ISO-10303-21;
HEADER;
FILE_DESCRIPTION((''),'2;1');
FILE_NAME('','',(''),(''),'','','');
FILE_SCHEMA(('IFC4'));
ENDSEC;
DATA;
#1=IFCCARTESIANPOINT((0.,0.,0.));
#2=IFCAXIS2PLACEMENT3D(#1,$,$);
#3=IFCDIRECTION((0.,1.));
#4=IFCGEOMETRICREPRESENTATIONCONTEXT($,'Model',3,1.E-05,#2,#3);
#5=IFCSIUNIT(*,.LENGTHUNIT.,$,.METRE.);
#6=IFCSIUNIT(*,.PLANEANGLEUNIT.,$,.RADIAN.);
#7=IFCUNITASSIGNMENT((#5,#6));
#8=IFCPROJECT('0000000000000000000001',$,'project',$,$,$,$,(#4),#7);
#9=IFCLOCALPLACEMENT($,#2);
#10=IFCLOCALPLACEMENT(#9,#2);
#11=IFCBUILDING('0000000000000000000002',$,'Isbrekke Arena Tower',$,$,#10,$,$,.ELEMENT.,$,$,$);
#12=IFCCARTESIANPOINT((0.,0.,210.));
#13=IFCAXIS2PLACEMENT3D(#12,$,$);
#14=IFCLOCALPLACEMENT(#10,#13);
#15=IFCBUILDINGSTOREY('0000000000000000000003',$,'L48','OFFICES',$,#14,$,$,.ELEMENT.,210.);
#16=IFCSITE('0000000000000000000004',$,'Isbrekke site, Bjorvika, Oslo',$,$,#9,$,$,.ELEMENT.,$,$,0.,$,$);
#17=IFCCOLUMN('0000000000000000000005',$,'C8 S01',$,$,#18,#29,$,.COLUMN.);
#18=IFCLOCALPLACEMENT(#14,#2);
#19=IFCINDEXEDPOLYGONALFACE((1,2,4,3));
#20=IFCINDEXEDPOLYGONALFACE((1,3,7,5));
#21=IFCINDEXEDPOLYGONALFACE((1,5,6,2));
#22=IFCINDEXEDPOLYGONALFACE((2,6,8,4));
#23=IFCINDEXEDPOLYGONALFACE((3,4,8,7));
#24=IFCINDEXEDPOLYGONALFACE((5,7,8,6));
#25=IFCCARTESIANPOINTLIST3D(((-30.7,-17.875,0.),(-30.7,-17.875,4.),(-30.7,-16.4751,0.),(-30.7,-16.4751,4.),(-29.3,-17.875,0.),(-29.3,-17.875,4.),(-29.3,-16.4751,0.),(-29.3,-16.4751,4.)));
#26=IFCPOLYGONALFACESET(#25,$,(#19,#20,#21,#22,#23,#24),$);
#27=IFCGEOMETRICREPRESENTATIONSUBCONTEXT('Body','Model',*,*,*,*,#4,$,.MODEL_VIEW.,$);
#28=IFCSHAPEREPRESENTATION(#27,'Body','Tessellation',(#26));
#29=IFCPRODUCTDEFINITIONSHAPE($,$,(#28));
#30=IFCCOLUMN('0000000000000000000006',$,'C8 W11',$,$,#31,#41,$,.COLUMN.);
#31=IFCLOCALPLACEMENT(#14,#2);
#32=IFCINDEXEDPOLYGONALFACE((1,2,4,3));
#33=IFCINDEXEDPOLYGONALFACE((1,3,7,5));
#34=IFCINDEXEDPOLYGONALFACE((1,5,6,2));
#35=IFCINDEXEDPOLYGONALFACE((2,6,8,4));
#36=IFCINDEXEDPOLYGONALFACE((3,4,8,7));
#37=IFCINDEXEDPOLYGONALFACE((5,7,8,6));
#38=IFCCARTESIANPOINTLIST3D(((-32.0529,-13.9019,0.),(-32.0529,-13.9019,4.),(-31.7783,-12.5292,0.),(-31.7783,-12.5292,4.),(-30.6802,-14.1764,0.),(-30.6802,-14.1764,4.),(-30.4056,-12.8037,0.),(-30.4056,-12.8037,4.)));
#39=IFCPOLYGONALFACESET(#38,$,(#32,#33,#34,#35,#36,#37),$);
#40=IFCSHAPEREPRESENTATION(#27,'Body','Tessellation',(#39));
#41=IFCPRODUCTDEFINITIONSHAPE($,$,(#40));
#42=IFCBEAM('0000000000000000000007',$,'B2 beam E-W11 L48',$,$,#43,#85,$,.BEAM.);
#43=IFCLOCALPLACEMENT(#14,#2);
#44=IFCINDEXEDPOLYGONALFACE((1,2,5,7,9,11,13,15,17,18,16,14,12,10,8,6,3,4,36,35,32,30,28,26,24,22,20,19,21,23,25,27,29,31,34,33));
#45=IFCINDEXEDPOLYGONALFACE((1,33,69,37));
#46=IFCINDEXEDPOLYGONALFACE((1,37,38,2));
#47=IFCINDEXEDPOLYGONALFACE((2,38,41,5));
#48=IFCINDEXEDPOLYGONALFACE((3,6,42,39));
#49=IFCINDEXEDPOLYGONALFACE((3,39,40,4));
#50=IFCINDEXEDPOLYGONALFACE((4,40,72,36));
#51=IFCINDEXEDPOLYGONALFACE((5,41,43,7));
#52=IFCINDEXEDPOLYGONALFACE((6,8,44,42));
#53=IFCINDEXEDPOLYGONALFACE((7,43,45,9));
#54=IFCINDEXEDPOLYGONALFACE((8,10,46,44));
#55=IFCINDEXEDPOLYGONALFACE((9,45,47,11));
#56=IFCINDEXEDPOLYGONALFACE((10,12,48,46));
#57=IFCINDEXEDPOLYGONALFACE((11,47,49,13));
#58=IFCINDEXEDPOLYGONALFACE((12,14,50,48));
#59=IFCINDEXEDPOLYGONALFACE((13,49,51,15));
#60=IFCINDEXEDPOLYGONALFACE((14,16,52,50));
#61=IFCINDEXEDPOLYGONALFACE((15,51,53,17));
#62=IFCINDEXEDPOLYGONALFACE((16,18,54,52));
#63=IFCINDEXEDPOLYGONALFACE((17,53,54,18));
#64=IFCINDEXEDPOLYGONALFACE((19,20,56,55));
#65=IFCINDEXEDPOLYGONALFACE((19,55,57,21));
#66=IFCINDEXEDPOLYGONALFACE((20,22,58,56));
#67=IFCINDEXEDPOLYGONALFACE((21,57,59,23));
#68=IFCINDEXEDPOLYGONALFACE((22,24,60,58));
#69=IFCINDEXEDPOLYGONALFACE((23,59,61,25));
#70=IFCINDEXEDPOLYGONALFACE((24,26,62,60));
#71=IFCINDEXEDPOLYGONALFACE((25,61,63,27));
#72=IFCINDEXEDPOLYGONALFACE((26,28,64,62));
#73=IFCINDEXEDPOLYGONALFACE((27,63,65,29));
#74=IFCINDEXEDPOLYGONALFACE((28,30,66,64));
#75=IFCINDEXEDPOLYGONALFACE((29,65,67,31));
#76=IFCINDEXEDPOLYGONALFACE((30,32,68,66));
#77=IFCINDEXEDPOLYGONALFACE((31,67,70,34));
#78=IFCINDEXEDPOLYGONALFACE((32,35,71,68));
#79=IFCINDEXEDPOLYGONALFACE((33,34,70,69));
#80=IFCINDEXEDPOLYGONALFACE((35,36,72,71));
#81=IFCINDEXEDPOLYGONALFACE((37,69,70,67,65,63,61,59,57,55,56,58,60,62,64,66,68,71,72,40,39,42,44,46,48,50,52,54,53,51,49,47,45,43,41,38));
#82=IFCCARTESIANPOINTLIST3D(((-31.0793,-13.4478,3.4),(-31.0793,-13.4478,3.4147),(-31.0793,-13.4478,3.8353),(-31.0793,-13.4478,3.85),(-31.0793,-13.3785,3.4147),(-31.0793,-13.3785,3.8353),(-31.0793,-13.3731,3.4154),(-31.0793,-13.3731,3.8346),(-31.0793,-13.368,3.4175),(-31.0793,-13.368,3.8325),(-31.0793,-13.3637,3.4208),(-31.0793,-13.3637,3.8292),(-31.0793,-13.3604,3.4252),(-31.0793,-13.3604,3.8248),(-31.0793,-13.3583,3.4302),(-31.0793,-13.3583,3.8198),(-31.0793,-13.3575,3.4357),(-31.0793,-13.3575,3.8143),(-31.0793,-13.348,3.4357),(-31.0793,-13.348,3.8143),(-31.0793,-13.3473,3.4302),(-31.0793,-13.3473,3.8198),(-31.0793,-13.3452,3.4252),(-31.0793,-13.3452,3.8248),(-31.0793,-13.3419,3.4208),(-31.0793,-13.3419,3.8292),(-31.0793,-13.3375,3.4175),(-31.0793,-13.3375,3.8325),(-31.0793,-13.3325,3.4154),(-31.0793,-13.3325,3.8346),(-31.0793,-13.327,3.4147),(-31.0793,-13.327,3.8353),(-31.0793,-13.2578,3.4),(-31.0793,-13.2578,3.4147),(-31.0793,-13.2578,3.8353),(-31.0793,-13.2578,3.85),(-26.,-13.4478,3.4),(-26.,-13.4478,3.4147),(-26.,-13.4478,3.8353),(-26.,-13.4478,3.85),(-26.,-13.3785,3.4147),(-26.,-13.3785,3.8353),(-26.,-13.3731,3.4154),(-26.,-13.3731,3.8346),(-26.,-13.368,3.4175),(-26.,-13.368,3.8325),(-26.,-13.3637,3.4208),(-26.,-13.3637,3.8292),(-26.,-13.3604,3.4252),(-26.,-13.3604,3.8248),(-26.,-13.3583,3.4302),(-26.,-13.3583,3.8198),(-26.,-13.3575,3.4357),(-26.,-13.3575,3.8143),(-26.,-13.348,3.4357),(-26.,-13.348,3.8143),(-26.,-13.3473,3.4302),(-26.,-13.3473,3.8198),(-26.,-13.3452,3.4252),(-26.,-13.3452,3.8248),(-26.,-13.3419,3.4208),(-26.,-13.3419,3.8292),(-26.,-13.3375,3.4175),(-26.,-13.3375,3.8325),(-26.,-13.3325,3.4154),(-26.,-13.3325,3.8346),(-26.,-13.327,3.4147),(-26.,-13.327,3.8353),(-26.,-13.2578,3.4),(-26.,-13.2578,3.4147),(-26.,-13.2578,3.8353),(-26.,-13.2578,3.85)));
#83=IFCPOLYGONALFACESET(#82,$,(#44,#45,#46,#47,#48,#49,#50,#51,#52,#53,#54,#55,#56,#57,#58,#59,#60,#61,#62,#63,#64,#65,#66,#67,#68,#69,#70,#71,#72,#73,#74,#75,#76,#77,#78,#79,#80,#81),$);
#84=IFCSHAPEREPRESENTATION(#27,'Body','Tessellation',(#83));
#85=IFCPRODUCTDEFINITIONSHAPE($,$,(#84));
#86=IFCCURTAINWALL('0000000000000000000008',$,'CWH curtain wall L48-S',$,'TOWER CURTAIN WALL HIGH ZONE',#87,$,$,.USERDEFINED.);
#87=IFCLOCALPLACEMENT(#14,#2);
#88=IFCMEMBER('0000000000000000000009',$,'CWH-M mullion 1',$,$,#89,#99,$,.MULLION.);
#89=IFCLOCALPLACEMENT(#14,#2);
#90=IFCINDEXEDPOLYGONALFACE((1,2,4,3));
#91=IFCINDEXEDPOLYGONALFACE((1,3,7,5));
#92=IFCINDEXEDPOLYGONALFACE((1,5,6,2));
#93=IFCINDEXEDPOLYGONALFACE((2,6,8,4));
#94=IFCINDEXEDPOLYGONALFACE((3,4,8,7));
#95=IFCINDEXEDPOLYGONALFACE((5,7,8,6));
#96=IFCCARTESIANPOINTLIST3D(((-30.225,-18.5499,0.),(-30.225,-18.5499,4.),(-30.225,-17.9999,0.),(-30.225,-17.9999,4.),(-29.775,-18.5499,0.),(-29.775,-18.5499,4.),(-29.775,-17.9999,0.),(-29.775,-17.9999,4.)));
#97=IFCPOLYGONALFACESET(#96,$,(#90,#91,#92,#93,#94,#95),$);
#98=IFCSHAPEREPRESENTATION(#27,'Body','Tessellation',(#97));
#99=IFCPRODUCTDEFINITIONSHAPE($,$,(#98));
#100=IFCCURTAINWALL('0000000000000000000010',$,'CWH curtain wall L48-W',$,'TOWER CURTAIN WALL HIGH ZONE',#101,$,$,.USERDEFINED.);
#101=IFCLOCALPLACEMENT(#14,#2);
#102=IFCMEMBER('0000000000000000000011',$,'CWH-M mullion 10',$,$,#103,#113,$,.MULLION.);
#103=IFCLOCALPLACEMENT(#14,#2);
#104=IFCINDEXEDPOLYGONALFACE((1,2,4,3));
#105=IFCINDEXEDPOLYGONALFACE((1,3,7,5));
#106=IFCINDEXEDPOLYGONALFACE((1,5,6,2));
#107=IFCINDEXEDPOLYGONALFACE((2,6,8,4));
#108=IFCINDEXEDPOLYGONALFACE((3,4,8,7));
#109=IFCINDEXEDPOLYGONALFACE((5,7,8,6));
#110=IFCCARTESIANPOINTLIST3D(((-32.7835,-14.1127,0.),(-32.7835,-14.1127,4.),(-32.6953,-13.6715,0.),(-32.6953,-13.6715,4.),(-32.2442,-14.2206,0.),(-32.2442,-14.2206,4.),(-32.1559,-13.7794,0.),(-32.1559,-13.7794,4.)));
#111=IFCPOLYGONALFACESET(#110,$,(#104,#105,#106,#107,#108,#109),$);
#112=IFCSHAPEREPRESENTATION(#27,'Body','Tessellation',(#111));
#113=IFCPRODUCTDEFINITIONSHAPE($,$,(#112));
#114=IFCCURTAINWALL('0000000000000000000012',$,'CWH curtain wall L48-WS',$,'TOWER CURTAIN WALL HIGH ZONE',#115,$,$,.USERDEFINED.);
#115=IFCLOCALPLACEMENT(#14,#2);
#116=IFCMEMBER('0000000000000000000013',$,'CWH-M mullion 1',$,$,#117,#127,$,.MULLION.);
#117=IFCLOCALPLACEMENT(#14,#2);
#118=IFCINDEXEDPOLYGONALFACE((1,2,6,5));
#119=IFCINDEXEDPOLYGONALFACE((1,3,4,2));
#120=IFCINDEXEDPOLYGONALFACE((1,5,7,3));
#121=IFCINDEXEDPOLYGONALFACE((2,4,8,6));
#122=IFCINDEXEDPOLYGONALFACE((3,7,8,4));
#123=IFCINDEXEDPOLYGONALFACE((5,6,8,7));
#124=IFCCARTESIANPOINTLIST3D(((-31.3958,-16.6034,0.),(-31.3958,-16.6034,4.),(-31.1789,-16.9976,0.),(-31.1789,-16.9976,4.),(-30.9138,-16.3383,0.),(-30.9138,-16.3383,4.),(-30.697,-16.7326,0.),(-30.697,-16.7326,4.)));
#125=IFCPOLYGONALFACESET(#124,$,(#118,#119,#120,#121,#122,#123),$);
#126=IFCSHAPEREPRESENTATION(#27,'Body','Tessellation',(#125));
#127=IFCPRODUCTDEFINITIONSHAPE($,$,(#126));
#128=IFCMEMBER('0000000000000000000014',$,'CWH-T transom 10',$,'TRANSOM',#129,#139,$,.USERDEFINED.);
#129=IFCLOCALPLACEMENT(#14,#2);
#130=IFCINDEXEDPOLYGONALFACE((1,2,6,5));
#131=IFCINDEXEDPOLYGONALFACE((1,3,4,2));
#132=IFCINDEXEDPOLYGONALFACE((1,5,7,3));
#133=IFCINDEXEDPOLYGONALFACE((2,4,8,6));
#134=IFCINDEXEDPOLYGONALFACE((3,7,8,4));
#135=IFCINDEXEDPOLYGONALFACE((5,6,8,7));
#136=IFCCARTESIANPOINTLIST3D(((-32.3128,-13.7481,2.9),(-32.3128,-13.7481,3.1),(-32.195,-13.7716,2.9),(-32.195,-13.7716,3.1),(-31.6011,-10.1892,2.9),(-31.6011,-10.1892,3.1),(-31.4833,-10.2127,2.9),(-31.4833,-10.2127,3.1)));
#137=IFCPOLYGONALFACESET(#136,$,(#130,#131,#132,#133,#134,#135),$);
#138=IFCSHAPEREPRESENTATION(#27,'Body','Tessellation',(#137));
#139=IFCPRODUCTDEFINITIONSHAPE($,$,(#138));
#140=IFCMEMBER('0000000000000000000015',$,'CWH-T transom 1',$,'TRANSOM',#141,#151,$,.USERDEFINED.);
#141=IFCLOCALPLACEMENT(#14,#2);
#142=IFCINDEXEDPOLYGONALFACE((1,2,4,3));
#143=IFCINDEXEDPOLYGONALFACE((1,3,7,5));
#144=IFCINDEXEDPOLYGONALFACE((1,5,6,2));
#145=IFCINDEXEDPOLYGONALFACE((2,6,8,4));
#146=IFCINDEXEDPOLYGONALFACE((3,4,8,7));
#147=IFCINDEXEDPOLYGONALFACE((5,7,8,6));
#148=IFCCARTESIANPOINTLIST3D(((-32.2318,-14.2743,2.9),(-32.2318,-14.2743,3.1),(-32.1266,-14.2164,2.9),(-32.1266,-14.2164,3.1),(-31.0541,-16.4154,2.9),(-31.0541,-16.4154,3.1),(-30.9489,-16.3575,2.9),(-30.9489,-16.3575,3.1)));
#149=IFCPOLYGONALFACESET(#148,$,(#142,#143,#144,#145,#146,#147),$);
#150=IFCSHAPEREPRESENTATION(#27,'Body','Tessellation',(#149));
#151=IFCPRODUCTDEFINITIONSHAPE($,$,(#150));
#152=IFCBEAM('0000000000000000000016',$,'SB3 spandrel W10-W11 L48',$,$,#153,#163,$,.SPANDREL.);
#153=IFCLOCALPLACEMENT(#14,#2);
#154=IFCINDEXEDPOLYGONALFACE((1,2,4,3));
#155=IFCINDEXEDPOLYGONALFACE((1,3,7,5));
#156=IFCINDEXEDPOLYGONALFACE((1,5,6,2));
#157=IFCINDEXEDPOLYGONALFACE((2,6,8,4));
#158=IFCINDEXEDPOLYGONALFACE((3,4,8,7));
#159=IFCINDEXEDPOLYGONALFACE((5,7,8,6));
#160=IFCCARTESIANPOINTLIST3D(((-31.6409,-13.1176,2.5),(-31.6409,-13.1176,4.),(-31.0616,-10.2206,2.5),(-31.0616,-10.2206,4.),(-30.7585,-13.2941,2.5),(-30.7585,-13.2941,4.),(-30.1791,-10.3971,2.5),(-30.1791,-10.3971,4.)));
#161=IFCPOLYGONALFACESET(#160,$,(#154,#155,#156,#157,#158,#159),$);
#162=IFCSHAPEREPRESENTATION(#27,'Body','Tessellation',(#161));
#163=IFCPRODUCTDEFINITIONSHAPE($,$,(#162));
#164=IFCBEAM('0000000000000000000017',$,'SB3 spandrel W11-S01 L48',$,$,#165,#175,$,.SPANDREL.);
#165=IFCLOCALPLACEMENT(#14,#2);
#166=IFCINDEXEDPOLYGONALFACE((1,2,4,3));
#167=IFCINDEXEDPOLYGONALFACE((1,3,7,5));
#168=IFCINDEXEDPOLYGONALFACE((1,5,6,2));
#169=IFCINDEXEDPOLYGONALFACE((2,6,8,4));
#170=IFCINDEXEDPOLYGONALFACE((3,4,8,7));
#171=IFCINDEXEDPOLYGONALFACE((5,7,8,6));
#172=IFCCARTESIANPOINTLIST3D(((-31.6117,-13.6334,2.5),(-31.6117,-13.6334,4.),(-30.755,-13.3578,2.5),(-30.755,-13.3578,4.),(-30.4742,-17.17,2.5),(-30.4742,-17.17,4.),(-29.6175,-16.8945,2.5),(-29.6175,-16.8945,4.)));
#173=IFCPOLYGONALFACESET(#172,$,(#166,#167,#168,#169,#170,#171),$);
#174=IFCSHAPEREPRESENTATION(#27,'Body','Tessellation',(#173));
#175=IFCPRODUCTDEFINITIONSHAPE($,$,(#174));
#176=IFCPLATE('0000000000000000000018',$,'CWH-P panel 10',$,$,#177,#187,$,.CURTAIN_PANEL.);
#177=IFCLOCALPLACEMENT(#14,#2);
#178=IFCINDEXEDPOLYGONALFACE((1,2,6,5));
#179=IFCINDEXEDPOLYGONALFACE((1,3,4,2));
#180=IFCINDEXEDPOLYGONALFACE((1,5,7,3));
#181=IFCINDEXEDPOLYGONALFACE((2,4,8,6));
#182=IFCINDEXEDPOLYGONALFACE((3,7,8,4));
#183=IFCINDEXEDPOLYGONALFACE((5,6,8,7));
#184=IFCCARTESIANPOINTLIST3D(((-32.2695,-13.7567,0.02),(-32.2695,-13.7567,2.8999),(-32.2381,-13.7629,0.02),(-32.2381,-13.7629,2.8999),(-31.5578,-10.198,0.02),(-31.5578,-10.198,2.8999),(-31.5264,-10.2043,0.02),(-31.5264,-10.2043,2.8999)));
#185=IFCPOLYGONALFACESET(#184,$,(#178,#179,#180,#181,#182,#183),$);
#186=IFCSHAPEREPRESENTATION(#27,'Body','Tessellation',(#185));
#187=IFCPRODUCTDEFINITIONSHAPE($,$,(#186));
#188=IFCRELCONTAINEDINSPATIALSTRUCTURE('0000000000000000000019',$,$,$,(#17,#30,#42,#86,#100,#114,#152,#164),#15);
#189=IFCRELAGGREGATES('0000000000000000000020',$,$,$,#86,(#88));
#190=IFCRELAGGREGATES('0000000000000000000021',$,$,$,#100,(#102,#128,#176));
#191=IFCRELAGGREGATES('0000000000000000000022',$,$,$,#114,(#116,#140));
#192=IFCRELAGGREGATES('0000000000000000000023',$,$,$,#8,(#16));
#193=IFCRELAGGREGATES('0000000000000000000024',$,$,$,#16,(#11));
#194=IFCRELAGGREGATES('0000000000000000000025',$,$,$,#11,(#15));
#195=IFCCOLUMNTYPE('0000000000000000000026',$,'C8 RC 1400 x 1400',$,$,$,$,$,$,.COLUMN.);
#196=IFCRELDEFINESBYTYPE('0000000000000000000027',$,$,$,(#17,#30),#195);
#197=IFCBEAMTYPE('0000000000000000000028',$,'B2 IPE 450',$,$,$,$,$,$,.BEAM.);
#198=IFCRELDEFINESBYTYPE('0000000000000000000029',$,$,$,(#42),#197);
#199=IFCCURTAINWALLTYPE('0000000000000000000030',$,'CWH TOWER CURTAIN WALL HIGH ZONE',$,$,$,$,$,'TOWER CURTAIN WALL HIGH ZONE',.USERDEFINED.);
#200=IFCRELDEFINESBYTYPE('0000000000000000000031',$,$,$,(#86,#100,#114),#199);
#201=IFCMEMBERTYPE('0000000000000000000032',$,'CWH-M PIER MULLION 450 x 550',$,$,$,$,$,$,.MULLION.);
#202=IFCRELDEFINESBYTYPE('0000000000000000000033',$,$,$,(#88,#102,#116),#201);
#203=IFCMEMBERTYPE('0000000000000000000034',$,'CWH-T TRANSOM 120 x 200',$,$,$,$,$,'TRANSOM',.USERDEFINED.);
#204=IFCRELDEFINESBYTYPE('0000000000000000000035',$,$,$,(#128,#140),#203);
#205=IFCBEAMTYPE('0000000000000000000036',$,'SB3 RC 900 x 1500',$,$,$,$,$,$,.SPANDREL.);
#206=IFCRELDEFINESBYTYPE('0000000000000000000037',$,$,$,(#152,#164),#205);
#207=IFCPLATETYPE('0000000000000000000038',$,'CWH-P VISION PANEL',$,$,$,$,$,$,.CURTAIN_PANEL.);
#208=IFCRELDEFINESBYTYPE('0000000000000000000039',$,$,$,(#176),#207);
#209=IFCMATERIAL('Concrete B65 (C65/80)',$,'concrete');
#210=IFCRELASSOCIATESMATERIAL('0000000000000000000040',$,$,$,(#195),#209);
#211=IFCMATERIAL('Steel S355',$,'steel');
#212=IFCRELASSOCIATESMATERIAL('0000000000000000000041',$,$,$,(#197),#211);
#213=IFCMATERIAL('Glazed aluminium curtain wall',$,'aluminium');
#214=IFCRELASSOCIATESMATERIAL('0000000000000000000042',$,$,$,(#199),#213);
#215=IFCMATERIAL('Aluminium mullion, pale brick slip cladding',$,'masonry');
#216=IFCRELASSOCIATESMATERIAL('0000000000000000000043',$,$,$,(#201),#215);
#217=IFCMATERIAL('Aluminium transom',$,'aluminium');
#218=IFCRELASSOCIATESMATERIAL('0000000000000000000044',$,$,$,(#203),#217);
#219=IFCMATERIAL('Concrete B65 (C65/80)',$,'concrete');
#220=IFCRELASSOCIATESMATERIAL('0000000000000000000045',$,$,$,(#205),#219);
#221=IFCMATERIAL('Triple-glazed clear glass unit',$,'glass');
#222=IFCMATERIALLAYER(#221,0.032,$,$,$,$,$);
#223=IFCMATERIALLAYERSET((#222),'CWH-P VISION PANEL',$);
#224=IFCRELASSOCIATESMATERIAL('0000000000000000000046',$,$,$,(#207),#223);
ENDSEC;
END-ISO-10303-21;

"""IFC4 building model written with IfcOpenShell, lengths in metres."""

from ifc_helpers import new_model, si_unit, direction, frame, origin, origin_2d, place, context, subcontext, project, spatial, rectangle, i_section, extrude, material, layer, layer_set, material_profile, profile_set, type_object, element, aggregate, save


model = new_model("IFC4")

# Units and contexts
model_context = context("Model", 3, precision=1e-05, world=origin(), true_north=direction((0.0, 1.0)))
body_context = subcontext(model_context, "Body", "Model", "MODEL_VIEW")
ifc_project = project(units=[si_unit("LENGTHUNIT", "METRE"), si_unit("PLANEANGLEUNIT", "RADIAN")], contexts=[model_context])

# Site, building, storey
site_placement = place(None, origin())
site = spatial("IfcSite", under=ifc_project, at=site_placement, Name="Isbrekke site, Bjorvika, Oslo", CompositionType="ELEMENT", RefElevation=0.0)
building_placement = place(site_placement, origin())
building = spatial("IfcBuilding", under=site, at=building_placement, Name="Isbrekke Arena Tower", CompositionType="ELEMENT")
storey_placement = place(building_placement, frame((0.0, 0.0, 210.0)))
storey = spatial("IfcBuildingStorey", under=building, at=storey_placement, Name="L48", Description="OFFICES", CompositionType="ELEMENT", Elevation=210.0)

# Columns
ifc_material_1 = material(Name="Concrete B65 (C65/80)", Category="concrete")
ifc_material_profile_1 = material_profile(ifc_material_1, rectangle(XDim=1.3999, YDim=1.3999, at=origin_2d()), Name="RC 1400x1400")
ifc_profile_set_1 = profile_set([ifc_material_profile_1], Name="Concrete B65 (C65/80)")
column_type = type_object("IfcColumnType", Name="C8 RC 1400 x 1400", PredefinedType="COLUMN", material=ifc_profile_set_1)
for number, where, z_axis, x_axis, name in (
    (1, (-30.0, -17.175, 0.0), (0.0, 0.0, 1.0), (1.0, 0.0, 0.0), "C8 S01"),
    (2, (-31.2292, -13.3528, 0.0), (0.0, 0.0, 1.0), (-0.196116, -0.980581, 0.0), "C8 W11"),
):
    element("IfcColumn", number, at=place(storey_placement, frame(where, z_axis=z_axis, x_axis=x_axis)), inside=storey, type_object=column_type, Name=name, PredefinedType="COLUMN", context=body_context, shape_type="SweptSolid", body=[
        extrude(rectangle(XDim=1.3999, YDim=1.3999, at=origin_2d()), origin(), (0.0, 0.0, 1.0), 4.0),
    ])

# Beam
ifc_material_2 = material(Name="Steel S355", Category="steel")
ifc_material_profile_2 = material_profile(ifc_material_2, i_section(OverallWidth=0.1899, OverallDepth=0.45, WebThickness=0.0095, FlangeThickness=0.0146, FilletRadius=0.021, at=origin_2d()), Name="IPE 450")
ifc_profile_set_2 = profile_set([ifc_material_profile_2], Name="Steel S355")
beam_type_1 = type_object("IfcBeamType", Name="B2 IPE 450", PredefinedType="BEAM", material=ifc_profile_set_2)
beam_1_placement = place(storey_placement, frame((-31.0793, -13.3528, 3.625), z_axis=(1.0, 0.0, 0.0), x_axis=(0.0, 1.0, 0.0)))
element("IfcBeam", 3, at=beam_1_placement, inside=storey, type_object=beam_type_1, Name="B2 beam E-W11 L48", PredefinedType="BEAM", context=body_context, shape_type="SweptSolid", body=[
    extrude(i_section(OverallWidth=0.1899, OverallDepth=0.45, WebThickness=0.0095, FlangeThickness=0.0146, FilletRadius=0.021, at=origin_2d()), origin(), (0.0, 0.0, 1.0), 5.0793),
])

# Curtain walls, members
ifc_material_3 = material(Name="Glazed aluminium curtain wall", Category="aluminium")
curtain_wall_type = type_object("IfcCurtainWallType", Name="CWH TOWER CURTAIN WALL HIGH ZONE", ElementType="TOWER CURTAIN WALL HIGH ZONE", PredefinedType="USERDEFINED", material=ifc_material_3)
curtain_wall_1_placement = place(storey_placement, origin())
curtain_wall_1 = element("IfcCurtainWall", 4, at=curtain_wall_1_placement, inside=storey, type_object=curtain_wall_type, Name="CWH curtain wall L48-S", ObjectType="TOWER CURTAIN WALL HIGH ZONE", PredefinedType="USERDEFINED")
ifc_material_4 = material(Name="Aluminium mullion, pale brick slip cladding", Category="masonry")
ifc_material_profile_3 = material_profile(ifc_material_4, rectangle(XDim=0.45, YDim=0.55, at=origin_2d()), Name="PIER 450X550")
ifc_profile_set_3 = profile_set([ifc_material_profile_3], Name="Aluminium mullion, pale brick slip cladding")
member_type_1 = type_object("IfcMemberType", Name="CWH-M PIER MULLION 450 x 550", PredefinedType="MULLION", material=ifc_profile_set_3)
member_1_placement = place(storey_placement, frame((-30.0, -18.2749, 0.0), z_axis=(0.0, 0.0, 1.0), x_axis=(1.0, 0.0, 0.0)))
member_1 = element("IfcMember", 5, at=member_1_placement, type_object=member_type_1, Name="CWH-M mullion 1", PredefinedType="MULLION", context=body_context, shape_type="SweptSolid", body=[
    extrude(rectangle(XDim=0.45, YDim=0.55, at=origin_2d()), origin(), (0.0, 0.0, 1.0), 4.0),
])
aggregate(curtain_wall_1, [member_1])
curtain_wall_2_placement = place(storey_placement, origin())
curtain_wall_2 = element("IfcCurtainWall", 6, at=curtain_wall_2_placement, inside=storey, type_object=curtain_wall_type, Name="CWH curtain wall L48-W", ObjectType="TOWER CURTAIN WALL HIGH ZONE", PredefinedType="USERDEFINED")
member_2_placement = place(storey_placement, frame((-32.4697, -13.946, 0.0), z_axis=(0.0, 0.0, 1.0), x_axis=(-0.196116, -0.980581, 0.0)))
member_2 = element("IfcMember", 7, at=member_2_placement, type_object=member_type_1, Name="CWH-M mullion 10", PredefinedType="MULLION", context=body_context, shape_type="SweptSolid", body=[
    extrude(rectangle(XDim=0.45, YDim=0.55, at=origin_2d()), origin(), (0.0, 0.0, 1.0), 4.0),
])
curtain_wall_3_placement = place(storey_placement, origin())
curtain_wall_3 = element("IfcCurtainWall", 8, at=curtain_wall_3_placement, inside=storey, type_object=curtain_wall_type, Name="CWH curtain wall L48-WS", ObjectType="TOWER CURTAIN WALL HIGH ZONE", PredefinedType="USERDEFINED")
member_3_placement = place(storey_placement, frame((-31.0464, -16.668, 0.0), z_axis=(0.0, 0.0, 1.0), x_axis=(0.481919, -0.876216, 0.0)))
member_3 = element("IfcMember", 9, at=member_3_placement, type_object=member_type_1, Name="CWH-M mullion 1", PredefinedType="MULLION", context=body_context, shape_type="SweptSolid", body=[
    extrude(rectangle(XDim=0.45, YDim=0.55, at=origin_2d()), origin(), (0.0, 0.0, 1.0), 4.0),
])

# Members
ifc_material_5 = material(Name="Aluminium transom", Category="aluminium")
ifc_material_profile_4 = material_profile(ifc_material_5, rectangle(XDim=0.1201, YDim=0.2, at=origin_2d()), Name="TRANSOM 120X200")
ifc_profile_set_4 = profile_set([ifc_material_profile_4], Name="Aluminium transom")
member_type_2 = type_object("IfcMemberType", Name="CWH-T TRANSOM 120 x 200", ElementType="TRANSOM", PredefinedType="USERDEFINED", material=ifc_profile_set_4)
member_4_placement = place(storey_placement, frame((-31.5422, -10.2009, 3.0), z_axis=(-0.19609, -0.980586, 0.0), x_axis=(0.980586, -0.19609, 0.0)))
member_4 = element("IfcMember", 10, at=member_4_placement, type_object=member_type_2, Name="CWH-T transom 10", ObjectType="TRANSOM", PredefinedType="USERDEFINED", context=body_context, shape_type="SweptSolid", body=[
    extrude(rectangle(XDim=0.1201, YDim=0.2, at=origin_2d()), origin(), (0.0, 0.0, 1.0), 3.6294),
])
member_5_placement = place(storey_placement, frame((-32.1792, -14.2454, 3.0), z_axis=(0.481957, -0.876195, 0.0), x_axis=(0.876195, 0.481957, 0.0)))
member_5 = element("IfcMember", 11, at=member_5_placement, type_object=member_type_2, Name="CWH-T transom 1", ObjectType="TRANSOM", PredefinedType="USERDEFINED", context=body_context, shape_type="SweptSolid", body=[
    extrude(rectangle(XDim=0.1201, YDim=0.2, at=origin_2d()), origin(), (0.0, 0.0, 1.0), 2.4436),
])

# Beams
ifc_material_6 = material(Name="Concrete B65 (C65/80)", Category="concrete")
ifc_material_profile_5 = material_profile(ifc_material_6, rectangle(XDim=0.8999, YDim=1.5, at=origin_2d()), Name="RC 900x1500")
ifc_profile_set_5 = profile_set([ifc_material_profile_5], Name="Concrete B65 (C65/80)")
beam_type_2 = type_object("IfcBeamType", Name="SB3 RC 900 x 1500", PredefinedType="SPANDREL", material=ifc_profile_set_5)
beam_2_placement = place(storey_placement, frame((-30.6204, -10.3088, 3.25), z_axis=(-0.1961, -0.980584, 0.0), x_axis=(0.980584, -0.1961, 0.0)))
element("IfcBeam", 12, at=beam_2_placement, inside=storey, type_object=beam_type_2, Name="SB3 spandrel W10-W11 L48", PredefinedType="SPANDREL", context=body_context, shape_type="SweptSolid", body=[
    extrude(rectangle(XDim=0.8999, YDim=1.5, at=origin_2d()), origin(), (0.0, 0.0, 1.0), 2.9543),
])
beam_3_placement = place(storey_placement, frame((-31.1833, -13.4956, 3.25), z_axis=(0.306175, -0.951975, 0.0), x_axis=(0.951975, 0.306175, 0.0)))
element("IfcBeam", 13, at=beam_3_placement, inside=storey, type_object=beam_type_2, Name="SB3 spandrel W11-S01 L48", PredefinedType="SPANDREL", context=body_context, shape_type="SweptSolid", body=[
    extrude(rectangle(XDim=0.8999, YDim=1.5, at=origin_2d()), origin(), (0.0, 0.0, 1.0), 3.7151),
])

# Plate
ifc_material_7 = material(Name="Triple-glazed clear glass unit", Category="glass")
ifc_layer = layer(ifc_material_7, 0.032)
ifc_layer_set = layer_set([ifc_layer], Name="CWH-P VISION PANEL")
plate_type = type_object("IfcPlateType", Name="CWH-P VISION PANEL", PredefinedType="CURTAIN_PANEL", material=ifc_layer_set)
plate_1_placement = place(storey_placement, frame((-31.8979, -11.9805, 0.02), z_axis=(0.0, 0.0, 1.0), x_axis=(-0.196116, -0.980581, 0.0)))
plate_1 = element("IfcPlate", 14, at=plate_1_placement, type_object=plate_type, Name="CWH-P panel 10", PredefinedType="CURTAIN_PANEL", context=body_context, shape_type="SweptSolid", body=[
    extrude(rectangle(XDim=3.6292, YDim=0.032, at=origin_2d()), origin(), (0.0, 0.0, 1.0), 2.8799),
])
aggregate(curtain_wall_2, [member_2, member_4, plate_1])
aggregate(curtain_wall_3, [member_3, member_5])

save(model, "model.ifc")
